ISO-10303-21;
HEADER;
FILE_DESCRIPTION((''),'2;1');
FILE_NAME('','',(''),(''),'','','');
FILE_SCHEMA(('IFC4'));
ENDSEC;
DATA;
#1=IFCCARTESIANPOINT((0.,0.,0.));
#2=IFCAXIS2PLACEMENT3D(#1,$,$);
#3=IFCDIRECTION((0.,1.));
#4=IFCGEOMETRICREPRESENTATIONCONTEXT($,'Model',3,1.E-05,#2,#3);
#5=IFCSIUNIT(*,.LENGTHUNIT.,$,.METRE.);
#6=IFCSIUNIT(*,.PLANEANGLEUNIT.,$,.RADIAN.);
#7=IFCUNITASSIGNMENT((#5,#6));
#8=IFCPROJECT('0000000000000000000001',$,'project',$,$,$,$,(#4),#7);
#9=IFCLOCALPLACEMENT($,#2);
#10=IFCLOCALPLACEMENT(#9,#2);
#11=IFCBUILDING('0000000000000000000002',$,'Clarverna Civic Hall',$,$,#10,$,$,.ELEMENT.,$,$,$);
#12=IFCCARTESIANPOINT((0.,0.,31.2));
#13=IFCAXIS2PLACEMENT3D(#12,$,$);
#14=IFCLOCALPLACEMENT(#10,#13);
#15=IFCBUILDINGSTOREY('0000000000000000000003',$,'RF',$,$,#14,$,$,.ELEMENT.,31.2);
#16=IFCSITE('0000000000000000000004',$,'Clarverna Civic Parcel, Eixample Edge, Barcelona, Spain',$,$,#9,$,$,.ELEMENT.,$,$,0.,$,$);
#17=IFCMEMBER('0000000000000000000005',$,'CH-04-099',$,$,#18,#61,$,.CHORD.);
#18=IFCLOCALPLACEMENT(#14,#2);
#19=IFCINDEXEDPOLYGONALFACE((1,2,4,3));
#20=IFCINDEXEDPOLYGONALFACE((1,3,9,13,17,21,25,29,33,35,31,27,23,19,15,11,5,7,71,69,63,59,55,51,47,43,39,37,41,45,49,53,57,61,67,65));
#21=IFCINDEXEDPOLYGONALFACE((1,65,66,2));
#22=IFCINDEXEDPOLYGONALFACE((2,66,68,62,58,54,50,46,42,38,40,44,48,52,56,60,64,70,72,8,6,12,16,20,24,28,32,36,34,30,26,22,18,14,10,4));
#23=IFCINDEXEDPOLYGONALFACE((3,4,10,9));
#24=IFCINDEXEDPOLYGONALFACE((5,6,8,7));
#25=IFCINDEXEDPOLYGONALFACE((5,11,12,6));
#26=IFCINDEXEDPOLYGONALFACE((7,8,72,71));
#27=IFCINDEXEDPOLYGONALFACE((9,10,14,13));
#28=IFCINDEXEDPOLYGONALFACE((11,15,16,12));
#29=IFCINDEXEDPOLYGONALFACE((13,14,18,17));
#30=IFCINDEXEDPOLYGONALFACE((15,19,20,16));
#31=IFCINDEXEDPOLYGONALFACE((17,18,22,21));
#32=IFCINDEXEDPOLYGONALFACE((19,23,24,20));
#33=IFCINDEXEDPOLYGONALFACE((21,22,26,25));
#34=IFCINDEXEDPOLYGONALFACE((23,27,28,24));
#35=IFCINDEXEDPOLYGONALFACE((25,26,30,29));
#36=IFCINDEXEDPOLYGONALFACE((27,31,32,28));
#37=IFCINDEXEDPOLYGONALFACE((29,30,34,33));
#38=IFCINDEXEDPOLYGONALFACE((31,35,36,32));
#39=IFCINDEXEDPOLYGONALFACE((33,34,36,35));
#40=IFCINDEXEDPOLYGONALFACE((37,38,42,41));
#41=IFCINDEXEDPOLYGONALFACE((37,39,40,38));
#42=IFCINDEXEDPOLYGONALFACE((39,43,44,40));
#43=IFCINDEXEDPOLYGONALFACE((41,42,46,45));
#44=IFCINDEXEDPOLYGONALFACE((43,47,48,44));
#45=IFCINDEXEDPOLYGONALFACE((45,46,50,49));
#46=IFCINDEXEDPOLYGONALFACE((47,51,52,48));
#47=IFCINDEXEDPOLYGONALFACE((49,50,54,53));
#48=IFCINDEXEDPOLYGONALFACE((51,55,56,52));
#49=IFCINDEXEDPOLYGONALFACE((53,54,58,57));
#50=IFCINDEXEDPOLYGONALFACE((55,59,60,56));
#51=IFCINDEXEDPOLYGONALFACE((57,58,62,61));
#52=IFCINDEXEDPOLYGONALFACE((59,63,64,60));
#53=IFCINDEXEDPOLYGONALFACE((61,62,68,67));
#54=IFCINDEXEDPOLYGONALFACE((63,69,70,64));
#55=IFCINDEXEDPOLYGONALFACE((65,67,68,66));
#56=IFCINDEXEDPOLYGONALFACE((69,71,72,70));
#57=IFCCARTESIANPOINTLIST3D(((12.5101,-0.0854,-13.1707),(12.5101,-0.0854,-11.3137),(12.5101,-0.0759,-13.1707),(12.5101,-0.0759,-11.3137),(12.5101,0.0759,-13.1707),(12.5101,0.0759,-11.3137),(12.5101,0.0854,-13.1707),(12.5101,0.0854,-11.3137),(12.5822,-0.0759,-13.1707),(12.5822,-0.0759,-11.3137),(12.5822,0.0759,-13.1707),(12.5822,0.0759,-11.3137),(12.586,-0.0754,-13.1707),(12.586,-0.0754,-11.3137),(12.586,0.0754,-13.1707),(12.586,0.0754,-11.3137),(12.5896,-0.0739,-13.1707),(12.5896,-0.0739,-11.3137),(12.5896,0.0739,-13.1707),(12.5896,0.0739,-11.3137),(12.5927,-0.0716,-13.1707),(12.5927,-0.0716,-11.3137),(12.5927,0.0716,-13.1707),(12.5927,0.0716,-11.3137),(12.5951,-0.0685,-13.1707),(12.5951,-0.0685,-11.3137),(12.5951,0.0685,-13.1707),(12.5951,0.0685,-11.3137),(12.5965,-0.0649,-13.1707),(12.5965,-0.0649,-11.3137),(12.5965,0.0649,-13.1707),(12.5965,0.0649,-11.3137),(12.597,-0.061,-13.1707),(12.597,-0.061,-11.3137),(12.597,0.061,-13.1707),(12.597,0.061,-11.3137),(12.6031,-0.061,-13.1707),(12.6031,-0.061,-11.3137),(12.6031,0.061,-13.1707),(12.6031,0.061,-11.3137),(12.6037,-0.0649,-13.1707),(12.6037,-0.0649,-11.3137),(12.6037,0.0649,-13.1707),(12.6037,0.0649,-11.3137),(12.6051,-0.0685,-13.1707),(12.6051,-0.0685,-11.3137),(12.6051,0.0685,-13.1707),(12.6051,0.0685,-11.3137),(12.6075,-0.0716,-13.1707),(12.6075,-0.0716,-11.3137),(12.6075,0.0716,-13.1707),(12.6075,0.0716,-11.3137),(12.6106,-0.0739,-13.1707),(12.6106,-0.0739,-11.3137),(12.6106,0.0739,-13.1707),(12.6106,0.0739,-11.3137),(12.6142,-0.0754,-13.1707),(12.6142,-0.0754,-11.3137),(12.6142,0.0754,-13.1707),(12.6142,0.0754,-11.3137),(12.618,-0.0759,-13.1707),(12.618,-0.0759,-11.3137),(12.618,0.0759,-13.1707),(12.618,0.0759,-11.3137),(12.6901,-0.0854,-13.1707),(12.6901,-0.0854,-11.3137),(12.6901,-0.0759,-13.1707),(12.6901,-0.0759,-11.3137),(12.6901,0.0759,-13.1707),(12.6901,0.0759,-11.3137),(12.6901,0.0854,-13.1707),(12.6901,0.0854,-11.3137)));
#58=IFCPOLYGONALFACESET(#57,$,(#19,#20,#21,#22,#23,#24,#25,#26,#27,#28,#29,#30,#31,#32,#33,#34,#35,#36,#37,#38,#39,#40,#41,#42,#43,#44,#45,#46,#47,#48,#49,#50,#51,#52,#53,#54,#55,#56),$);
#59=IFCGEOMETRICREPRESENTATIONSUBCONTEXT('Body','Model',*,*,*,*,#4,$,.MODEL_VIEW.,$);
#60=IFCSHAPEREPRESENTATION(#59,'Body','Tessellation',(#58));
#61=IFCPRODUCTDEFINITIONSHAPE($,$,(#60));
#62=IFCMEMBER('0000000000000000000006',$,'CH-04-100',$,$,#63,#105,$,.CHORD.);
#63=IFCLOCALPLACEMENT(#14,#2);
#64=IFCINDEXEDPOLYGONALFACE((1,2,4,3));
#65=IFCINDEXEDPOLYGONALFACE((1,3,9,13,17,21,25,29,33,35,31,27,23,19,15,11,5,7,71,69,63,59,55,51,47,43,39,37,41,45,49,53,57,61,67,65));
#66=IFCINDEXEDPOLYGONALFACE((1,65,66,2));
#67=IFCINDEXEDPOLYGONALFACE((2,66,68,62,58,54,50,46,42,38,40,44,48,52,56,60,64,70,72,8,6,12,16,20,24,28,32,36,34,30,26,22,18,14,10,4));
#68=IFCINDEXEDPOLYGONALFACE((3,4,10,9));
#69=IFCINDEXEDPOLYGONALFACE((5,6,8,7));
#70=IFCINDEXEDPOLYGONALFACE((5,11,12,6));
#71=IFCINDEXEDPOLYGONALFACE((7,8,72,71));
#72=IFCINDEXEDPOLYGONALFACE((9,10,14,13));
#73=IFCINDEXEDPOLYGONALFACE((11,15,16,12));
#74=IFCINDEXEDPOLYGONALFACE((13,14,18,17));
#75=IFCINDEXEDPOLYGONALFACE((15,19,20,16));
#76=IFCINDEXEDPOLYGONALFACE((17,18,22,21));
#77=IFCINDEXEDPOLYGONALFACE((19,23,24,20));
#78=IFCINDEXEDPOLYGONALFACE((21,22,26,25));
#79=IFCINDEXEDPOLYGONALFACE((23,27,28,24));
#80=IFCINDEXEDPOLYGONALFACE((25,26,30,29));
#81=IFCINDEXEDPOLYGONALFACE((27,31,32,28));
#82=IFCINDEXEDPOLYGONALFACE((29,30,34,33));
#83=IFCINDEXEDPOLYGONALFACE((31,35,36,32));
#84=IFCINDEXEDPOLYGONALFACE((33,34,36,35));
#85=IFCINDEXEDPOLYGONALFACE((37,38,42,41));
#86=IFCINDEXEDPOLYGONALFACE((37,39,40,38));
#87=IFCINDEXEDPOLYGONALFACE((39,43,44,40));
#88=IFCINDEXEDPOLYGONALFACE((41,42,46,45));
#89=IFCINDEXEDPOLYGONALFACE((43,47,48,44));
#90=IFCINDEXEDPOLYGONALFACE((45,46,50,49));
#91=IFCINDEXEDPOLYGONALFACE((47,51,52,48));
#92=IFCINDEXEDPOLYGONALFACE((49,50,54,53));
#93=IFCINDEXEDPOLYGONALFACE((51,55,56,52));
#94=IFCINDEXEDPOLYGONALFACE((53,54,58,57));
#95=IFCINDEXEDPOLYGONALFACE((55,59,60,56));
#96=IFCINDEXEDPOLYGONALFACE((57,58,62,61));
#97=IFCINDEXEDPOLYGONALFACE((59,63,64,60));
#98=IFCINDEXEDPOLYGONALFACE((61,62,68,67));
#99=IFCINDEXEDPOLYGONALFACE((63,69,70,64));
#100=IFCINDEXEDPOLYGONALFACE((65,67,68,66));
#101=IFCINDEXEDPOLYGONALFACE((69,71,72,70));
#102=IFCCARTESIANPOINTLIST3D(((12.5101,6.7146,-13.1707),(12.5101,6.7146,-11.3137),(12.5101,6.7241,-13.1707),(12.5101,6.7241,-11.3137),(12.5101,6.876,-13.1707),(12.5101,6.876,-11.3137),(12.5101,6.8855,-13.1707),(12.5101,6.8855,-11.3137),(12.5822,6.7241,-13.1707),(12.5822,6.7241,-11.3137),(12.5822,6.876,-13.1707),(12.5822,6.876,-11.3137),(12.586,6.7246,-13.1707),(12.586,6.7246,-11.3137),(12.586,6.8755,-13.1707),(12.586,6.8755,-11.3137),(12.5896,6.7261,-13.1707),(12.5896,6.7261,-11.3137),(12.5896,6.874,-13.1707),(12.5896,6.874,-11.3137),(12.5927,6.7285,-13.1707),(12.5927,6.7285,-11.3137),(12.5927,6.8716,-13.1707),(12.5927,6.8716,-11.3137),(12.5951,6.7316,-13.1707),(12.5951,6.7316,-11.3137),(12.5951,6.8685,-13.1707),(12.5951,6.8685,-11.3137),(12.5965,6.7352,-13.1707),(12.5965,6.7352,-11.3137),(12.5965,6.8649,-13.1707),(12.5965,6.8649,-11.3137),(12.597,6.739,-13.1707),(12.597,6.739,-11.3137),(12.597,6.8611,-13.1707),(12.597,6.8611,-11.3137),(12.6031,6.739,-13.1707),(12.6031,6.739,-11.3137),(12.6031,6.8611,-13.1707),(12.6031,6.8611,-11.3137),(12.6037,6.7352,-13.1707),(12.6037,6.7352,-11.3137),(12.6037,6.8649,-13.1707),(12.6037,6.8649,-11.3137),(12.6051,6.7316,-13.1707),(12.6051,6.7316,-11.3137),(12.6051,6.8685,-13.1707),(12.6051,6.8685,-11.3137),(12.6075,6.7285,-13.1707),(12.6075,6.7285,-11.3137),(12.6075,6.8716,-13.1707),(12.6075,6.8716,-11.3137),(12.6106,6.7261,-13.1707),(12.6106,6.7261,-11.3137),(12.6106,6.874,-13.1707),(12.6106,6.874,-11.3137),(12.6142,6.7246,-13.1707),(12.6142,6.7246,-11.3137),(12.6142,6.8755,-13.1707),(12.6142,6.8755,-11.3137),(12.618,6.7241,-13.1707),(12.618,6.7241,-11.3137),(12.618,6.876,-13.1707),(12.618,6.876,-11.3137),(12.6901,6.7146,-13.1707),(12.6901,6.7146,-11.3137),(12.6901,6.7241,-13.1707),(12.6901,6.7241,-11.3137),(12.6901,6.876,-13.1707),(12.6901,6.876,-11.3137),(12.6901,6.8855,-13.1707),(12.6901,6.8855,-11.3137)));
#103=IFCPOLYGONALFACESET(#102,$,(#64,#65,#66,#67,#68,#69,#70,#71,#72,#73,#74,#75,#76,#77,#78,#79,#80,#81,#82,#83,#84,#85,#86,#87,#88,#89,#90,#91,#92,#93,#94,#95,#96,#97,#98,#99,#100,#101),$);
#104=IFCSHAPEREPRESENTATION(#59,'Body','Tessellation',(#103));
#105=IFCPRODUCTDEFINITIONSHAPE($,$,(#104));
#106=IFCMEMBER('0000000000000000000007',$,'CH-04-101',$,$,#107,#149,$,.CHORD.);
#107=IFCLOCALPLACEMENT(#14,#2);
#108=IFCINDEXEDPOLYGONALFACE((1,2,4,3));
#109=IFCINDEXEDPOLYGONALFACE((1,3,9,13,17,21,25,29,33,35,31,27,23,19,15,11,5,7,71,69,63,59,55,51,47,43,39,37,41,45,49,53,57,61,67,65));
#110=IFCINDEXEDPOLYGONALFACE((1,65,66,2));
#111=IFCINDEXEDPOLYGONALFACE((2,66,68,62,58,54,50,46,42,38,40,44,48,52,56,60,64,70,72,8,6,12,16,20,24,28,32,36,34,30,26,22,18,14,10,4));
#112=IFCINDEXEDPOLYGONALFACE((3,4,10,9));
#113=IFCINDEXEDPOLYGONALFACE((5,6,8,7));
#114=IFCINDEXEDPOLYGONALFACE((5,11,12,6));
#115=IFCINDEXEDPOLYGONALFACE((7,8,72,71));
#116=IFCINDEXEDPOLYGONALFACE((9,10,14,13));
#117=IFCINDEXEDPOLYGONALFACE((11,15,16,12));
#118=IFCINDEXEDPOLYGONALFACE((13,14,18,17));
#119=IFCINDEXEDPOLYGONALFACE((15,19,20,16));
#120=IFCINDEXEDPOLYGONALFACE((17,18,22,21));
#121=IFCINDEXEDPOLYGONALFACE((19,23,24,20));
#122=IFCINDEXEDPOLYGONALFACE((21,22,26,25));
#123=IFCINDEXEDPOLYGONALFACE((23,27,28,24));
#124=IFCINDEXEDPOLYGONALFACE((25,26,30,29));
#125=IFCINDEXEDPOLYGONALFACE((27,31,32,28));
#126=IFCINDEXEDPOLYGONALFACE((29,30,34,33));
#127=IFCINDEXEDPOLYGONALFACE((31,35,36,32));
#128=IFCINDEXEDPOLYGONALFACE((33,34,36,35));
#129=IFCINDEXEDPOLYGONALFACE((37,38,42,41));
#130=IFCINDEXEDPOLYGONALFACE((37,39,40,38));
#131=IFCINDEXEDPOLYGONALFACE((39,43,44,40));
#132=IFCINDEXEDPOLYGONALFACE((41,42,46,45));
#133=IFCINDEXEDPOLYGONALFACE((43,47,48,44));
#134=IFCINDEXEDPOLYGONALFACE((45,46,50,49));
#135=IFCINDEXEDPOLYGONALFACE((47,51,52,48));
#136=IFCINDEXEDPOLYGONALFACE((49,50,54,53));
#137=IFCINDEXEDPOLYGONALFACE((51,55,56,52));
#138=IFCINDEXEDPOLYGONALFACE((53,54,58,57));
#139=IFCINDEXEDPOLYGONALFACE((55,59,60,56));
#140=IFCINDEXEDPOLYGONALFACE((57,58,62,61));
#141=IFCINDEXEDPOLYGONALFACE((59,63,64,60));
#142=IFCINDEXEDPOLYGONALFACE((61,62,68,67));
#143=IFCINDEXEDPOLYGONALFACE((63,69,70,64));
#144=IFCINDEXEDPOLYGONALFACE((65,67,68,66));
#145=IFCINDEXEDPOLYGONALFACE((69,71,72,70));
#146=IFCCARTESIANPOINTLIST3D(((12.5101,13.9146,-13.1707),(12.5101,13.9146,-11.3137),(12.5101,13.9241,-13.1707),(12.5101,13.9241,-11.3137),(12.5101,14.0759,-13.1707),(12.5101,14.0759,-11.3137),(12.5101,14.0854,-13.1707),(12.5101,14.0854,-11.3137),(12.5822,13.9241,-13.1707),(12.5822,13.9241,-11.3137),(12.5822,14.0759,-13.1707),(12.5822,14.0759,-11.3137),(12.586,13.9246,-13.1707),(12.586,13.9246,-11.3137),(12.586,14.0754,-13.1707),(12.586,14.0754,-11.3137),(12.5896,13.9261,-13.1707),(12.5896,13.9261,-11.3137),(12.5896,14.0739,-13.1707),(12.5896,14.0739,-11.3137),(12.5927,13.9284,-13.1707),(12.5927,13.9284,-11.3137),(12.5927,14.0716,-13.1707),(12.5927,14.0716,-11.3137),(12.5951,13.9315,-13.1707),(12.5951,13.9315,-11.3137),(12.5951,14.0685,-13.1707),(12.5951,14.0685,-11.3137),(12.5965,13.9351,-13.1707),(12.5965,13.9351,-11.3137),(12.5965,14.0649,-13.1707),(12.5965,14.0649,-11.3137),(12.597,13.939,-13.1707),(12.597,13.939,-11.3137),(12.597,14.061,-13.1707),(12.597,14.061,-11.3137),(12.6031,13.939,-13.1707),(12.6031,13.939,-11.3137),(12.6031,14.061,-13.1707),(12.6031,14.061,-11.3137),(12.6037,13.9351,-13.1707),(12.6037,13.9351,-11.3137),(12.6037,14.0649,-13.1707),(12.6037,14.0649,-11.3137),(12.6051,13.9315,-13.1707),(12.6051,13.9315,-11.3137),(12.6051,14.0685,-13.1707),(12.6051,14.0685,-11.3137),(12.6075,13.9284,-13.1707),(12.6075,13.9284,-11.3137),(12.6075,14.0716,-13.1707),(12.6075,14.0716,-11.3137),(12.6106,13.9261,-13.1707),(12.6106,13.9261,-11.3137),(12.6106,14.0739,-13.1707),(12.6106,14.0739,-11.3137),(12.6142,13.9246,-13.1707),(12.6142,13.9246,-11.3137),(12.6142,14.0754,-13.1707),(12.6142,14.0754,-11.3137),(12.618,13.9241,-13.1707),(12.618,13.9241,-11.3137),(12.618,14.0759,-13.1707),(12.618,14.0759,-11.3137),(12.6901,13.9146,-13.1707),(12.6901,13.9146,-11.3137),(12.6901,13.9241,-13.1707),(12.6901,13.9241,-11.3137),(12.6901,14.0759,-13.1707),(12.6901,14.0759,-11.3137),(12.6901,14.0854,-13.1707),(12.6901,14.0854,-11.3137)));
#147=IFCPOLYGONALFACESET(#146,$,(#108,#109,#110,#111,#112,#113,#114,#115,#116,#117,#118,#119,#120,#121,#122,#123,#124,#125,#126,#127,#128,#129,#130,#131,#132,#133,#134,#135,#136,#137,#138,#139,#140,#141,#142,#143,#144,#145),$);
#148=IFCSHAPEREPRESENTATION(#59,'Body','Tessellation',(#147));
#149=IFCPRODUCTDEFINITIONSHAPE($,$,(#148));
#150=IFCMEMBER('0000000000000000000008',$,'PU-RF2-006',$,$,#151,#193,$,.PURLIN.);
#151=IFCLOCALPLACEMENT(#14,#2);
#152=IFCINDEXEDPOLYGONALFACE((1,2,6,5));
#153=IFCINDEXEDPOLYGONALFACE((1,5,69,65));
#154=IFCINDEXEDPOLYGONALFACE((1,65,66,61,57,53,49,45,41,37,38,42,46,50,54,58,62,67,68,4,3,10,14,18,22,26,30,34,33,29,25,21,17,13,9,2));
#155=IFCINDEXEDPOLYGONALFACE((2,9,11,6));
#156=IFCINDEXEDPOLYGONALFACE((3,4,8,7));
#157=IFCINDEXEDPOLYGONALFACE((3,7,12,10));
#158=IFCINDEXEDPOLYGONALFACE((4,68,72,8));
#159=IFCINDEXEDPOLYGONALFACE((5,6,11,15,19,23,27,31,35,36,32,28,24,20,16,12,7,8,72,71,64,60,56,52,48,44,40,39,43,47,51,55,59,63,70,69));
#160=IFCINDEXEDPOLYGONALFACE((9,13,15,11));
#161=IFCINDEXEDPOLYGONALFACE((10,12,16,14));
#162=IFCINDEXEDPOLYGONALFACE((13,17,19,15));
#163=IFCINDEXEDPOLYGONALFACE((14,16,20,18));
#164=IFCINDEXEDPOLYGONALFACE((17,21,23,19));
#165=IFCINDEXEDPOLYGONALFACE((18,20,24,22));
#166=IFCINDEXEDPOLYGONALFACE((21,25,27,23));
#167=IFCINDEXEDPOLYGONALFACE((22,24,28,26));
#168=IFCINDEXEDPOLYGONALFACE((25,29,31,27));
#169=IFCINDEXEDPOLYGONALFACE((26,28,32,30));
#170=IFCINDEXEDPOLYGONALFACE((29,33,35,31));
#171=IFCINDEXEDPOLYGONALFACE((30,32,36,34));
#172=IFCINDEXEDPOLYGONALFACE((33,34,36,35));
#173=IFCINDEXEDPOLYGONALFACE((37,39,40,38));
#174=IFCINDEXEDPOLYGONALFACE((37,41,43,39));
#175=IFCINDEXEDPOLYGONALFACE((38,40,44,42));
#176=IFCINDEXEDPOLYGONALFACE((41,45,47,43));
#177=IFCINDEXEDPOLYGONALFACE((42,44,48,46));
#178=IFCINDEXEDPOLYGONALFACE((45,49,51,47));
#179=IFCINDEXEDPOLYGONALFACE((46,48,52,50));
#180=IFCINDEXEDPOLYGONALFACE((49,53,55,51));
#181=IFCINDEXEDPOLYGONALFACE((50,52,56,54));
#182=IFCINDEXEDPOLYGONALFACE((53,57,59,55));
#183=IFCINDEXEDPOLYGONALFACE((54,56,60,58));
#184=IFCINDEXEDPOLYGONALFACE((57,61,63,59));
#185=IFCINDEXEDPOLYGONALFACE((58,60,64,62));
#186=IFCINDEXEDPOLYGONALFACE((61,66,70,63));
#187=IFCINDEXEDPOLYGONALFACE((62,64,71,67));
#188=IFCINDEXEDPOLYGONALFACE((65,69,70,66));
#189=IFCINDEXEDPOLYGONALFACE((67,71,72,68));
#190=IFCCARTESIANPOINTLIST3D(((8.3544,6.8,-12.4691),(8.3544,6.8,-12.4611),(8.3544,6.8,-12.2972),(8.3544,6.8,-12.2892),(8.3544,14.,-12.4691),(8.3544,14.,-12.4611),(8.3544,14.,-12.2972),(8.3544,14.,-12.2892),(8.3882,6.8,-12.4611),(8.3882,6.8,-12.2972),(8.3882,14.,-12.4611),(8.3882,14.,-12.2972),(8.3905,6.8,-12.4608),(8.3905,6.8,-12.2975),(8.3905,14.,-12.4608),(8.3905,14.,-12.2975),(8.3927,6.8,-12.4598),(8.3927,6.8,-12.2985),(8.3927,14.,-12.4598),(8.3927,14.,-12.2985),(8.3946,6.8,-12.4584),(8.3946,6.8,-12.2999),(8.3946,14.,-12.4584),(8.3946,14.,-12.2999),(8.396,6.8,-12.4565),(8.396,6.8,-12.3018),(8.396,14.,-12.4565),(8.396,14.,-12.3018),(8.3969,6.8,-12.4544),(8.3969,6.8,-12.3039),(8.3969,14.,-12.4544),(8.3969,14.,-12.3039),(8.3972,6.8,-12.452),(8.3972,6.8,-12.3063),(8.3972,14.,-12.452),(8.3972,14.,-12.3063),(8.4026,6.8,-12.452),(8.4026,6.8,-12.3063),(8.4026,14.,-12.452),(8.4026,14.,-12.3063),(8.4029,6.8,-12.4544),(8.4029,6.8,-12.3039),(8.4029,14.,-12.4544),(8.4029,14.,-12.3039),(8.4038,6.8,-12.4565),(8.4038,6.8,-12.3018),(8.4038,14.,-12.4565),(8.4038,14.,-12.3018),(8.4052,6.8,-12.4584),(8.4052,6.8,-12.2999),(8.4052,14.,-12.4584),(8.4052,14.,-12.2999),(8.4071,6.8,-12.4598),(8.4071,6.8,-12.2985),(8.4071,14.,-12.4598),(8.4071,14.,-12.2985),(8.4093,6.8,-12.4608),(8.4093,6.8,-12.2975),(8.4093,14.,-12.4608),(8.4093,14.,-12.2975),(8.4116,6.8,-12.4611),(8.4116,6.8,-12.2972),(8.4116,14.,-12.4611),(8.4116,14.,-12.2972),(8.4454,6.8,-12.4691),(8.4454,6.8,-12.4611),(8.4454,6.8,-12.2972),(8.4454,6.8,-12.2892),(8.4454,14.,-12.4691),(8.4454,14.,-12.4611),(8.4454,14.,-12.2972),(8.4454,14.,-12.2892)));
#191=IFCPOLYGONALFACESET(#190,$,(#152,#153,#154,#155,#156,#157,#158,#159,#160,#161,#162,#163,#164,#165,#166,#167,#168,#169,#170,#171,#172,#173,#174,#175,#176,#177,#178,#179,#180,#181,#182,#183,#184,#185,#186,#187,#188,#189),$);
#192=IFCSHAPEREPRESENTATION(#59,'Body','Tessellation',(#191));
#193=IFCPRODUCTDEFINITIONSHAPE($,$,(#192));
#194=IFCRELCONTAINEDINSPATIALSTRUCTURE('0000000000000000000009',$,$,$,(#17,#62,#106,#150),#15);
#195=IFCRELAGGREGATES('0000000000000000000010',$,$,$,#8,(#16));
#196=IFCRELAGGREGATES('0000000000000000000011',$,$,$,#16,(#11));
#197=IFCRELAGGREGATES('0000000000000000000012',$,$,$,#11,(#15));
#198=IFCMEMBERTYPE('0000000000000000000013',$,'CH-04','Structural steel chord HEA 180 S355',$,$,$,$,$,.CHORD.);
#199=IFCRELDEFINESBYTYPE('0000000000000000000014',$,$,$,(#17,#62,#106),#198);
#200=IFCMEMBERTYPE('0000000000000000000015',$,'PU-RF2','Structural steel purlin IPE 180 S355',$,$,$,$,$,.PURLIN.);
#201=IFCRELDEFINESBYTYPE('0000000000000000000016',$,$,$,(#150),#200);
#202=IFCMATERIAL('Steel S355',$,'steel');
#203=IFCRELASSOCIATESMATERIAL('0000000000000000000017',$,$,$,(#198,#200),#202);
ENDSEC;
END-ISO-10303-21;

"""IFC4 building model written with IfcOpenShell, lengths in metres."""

from ifc_helpers import new_model, si_unit, direction, frame, origin, origin_2d, place, context, subcontext, project, spatial, i_section, extrude, material, material_profile, profile_set, type_object, element, save


model = new_model("IFC4")

# Units and contexts
model_context = context("Model", 3, precision=1e-05, world=origin(), true_north=direction((0.0, 1.0)))
body_context = subcontext(model_context, "Body", "Model", "MODEL_VIEW")
ifc_project = project(units=[si_unit("LENGTHUNIT", "METRE"), si_unit("PLANEANGLEUNIT", "RADIAN")], contexts=[model_context])

# Site, building, storey
site_placement = place(None, origin())
site = spatial("IfcSite", under=ifc_project, at=site_placement, Name="Clarverna Civic Parcel, Eixample Edge, Barcelona, Spain", CompositionType="ELEMENT", RefElevation=0.0)
building_placement = place(site_placement, origin())
building = spatial("IfcBuilding", under=site, at=building_placement, Name="Clarverna Civic Hall", CompositionType="ELEMENT")
storey_placement = place(building_placement, frame((0.0, 0.0, 31.2)))
storey = spatial("IfcBuildingStorey", under=building, at=storey_placement, Name="RF", CompositionType="ELEMENT", Elevation=31.2)

# Members
ifc_material_1 = material(Name="Steel S355", Category="steel")
ifc_material_profile_1 = material_profile(ifc_material_1, i_section(OverallWidth=0.1799, OverallDepth=0.1709, WebThickness=0.0061, FlangeThickness=0.0095, FilletRadius=0.0149, at=origin_2d()), Name="HEA 180")
ifc_profile_set_1 = profile_set([ifc_material_profile_1], Name="Steel S355")
member_type_1 = type_object("IfcMemberType", Name="CH-04", Description="Structural steel chord HEA 180 S355", PredefinedType="CHORD", material=ifc_profile_set_1)
for number, where, z_axis, x_axis, name in (
    (1, (12.6001, 0.0, -13.1707), (0.0, 0.0, 1.0), (1.0, 0.0, 0.0), "CH-04-099"),
    (2, (12.6001, 6.8, -13.1707), (0.0, 0.0, 1.0), (1.0, 0.0, 0.0), "CH-04-100"),
    (3, (12.6001, 14.0, -13.1707), (0.0, 0.0, 1.0), (1.0, 0.0, 0.0), "CH-04-101"),
):
    element("IfcMember", number, at=place(storey_placement, frame(where, z_axis=z_axis, x_axis=x_axis)), inside=storey, type_object=member_type_1, Name=name, PredefinedType="CHORD", context=body_context, shape_type="SweptSolid", body=[
        extrude(i_section(OverallWidth=0.1799, OverallDepth=0.1709, WebThickness=0.0061, FlangeThickness=0.0095, FilletRadius=0.0149, at=origin_2d()), origin(), (0.0, 0.0, 1.0), 1.8569),
    ])
ifc_material_profile_2 = material_profile(ifc_material_1, i_section(OverallWidth=0.0911, OverallDepth=0.1799, WebThickness=0.0054, FlangeThickness=0.0081, FilletRadius=0.009, at=origin_2d()), Name="IPE 180")
ifc_profile_set_2 = profile_set([ifc_material_profile_2], Name="Steel S355")
member_type_2 = type_object("IfcMemberType", Name="PU-RF2", Description="Structural steel purlin IPE 180 S355", PredefinedType="PURLIN", material=ifc_profile_set_2)
member_1_placement = place(storey_placement, frame((8.3999, 6.8, -12.3792), z_axis=(0.0, 1.0, 0.0), x_axis=(-1.0, 0.0, 0.0)))
element("IfcMember", 4, at=member_1_placement, inside=storey, type_object=member_type_2, Name="PU-RF2-006", PredefinedType="PURLIN", context=body_context, shape_type="SweptSolid", body=[
    extrude(i_section(OverallWidth=0.0911, OverallDepth=0.1799, WebThickness=0.0054, FlangeThickness=0.0081, FilletRadius=0.009, at=origin_2d()), origin(), (0.0, 0.0, 1.0), 7.2),
])

save(model, "model.ifc")
